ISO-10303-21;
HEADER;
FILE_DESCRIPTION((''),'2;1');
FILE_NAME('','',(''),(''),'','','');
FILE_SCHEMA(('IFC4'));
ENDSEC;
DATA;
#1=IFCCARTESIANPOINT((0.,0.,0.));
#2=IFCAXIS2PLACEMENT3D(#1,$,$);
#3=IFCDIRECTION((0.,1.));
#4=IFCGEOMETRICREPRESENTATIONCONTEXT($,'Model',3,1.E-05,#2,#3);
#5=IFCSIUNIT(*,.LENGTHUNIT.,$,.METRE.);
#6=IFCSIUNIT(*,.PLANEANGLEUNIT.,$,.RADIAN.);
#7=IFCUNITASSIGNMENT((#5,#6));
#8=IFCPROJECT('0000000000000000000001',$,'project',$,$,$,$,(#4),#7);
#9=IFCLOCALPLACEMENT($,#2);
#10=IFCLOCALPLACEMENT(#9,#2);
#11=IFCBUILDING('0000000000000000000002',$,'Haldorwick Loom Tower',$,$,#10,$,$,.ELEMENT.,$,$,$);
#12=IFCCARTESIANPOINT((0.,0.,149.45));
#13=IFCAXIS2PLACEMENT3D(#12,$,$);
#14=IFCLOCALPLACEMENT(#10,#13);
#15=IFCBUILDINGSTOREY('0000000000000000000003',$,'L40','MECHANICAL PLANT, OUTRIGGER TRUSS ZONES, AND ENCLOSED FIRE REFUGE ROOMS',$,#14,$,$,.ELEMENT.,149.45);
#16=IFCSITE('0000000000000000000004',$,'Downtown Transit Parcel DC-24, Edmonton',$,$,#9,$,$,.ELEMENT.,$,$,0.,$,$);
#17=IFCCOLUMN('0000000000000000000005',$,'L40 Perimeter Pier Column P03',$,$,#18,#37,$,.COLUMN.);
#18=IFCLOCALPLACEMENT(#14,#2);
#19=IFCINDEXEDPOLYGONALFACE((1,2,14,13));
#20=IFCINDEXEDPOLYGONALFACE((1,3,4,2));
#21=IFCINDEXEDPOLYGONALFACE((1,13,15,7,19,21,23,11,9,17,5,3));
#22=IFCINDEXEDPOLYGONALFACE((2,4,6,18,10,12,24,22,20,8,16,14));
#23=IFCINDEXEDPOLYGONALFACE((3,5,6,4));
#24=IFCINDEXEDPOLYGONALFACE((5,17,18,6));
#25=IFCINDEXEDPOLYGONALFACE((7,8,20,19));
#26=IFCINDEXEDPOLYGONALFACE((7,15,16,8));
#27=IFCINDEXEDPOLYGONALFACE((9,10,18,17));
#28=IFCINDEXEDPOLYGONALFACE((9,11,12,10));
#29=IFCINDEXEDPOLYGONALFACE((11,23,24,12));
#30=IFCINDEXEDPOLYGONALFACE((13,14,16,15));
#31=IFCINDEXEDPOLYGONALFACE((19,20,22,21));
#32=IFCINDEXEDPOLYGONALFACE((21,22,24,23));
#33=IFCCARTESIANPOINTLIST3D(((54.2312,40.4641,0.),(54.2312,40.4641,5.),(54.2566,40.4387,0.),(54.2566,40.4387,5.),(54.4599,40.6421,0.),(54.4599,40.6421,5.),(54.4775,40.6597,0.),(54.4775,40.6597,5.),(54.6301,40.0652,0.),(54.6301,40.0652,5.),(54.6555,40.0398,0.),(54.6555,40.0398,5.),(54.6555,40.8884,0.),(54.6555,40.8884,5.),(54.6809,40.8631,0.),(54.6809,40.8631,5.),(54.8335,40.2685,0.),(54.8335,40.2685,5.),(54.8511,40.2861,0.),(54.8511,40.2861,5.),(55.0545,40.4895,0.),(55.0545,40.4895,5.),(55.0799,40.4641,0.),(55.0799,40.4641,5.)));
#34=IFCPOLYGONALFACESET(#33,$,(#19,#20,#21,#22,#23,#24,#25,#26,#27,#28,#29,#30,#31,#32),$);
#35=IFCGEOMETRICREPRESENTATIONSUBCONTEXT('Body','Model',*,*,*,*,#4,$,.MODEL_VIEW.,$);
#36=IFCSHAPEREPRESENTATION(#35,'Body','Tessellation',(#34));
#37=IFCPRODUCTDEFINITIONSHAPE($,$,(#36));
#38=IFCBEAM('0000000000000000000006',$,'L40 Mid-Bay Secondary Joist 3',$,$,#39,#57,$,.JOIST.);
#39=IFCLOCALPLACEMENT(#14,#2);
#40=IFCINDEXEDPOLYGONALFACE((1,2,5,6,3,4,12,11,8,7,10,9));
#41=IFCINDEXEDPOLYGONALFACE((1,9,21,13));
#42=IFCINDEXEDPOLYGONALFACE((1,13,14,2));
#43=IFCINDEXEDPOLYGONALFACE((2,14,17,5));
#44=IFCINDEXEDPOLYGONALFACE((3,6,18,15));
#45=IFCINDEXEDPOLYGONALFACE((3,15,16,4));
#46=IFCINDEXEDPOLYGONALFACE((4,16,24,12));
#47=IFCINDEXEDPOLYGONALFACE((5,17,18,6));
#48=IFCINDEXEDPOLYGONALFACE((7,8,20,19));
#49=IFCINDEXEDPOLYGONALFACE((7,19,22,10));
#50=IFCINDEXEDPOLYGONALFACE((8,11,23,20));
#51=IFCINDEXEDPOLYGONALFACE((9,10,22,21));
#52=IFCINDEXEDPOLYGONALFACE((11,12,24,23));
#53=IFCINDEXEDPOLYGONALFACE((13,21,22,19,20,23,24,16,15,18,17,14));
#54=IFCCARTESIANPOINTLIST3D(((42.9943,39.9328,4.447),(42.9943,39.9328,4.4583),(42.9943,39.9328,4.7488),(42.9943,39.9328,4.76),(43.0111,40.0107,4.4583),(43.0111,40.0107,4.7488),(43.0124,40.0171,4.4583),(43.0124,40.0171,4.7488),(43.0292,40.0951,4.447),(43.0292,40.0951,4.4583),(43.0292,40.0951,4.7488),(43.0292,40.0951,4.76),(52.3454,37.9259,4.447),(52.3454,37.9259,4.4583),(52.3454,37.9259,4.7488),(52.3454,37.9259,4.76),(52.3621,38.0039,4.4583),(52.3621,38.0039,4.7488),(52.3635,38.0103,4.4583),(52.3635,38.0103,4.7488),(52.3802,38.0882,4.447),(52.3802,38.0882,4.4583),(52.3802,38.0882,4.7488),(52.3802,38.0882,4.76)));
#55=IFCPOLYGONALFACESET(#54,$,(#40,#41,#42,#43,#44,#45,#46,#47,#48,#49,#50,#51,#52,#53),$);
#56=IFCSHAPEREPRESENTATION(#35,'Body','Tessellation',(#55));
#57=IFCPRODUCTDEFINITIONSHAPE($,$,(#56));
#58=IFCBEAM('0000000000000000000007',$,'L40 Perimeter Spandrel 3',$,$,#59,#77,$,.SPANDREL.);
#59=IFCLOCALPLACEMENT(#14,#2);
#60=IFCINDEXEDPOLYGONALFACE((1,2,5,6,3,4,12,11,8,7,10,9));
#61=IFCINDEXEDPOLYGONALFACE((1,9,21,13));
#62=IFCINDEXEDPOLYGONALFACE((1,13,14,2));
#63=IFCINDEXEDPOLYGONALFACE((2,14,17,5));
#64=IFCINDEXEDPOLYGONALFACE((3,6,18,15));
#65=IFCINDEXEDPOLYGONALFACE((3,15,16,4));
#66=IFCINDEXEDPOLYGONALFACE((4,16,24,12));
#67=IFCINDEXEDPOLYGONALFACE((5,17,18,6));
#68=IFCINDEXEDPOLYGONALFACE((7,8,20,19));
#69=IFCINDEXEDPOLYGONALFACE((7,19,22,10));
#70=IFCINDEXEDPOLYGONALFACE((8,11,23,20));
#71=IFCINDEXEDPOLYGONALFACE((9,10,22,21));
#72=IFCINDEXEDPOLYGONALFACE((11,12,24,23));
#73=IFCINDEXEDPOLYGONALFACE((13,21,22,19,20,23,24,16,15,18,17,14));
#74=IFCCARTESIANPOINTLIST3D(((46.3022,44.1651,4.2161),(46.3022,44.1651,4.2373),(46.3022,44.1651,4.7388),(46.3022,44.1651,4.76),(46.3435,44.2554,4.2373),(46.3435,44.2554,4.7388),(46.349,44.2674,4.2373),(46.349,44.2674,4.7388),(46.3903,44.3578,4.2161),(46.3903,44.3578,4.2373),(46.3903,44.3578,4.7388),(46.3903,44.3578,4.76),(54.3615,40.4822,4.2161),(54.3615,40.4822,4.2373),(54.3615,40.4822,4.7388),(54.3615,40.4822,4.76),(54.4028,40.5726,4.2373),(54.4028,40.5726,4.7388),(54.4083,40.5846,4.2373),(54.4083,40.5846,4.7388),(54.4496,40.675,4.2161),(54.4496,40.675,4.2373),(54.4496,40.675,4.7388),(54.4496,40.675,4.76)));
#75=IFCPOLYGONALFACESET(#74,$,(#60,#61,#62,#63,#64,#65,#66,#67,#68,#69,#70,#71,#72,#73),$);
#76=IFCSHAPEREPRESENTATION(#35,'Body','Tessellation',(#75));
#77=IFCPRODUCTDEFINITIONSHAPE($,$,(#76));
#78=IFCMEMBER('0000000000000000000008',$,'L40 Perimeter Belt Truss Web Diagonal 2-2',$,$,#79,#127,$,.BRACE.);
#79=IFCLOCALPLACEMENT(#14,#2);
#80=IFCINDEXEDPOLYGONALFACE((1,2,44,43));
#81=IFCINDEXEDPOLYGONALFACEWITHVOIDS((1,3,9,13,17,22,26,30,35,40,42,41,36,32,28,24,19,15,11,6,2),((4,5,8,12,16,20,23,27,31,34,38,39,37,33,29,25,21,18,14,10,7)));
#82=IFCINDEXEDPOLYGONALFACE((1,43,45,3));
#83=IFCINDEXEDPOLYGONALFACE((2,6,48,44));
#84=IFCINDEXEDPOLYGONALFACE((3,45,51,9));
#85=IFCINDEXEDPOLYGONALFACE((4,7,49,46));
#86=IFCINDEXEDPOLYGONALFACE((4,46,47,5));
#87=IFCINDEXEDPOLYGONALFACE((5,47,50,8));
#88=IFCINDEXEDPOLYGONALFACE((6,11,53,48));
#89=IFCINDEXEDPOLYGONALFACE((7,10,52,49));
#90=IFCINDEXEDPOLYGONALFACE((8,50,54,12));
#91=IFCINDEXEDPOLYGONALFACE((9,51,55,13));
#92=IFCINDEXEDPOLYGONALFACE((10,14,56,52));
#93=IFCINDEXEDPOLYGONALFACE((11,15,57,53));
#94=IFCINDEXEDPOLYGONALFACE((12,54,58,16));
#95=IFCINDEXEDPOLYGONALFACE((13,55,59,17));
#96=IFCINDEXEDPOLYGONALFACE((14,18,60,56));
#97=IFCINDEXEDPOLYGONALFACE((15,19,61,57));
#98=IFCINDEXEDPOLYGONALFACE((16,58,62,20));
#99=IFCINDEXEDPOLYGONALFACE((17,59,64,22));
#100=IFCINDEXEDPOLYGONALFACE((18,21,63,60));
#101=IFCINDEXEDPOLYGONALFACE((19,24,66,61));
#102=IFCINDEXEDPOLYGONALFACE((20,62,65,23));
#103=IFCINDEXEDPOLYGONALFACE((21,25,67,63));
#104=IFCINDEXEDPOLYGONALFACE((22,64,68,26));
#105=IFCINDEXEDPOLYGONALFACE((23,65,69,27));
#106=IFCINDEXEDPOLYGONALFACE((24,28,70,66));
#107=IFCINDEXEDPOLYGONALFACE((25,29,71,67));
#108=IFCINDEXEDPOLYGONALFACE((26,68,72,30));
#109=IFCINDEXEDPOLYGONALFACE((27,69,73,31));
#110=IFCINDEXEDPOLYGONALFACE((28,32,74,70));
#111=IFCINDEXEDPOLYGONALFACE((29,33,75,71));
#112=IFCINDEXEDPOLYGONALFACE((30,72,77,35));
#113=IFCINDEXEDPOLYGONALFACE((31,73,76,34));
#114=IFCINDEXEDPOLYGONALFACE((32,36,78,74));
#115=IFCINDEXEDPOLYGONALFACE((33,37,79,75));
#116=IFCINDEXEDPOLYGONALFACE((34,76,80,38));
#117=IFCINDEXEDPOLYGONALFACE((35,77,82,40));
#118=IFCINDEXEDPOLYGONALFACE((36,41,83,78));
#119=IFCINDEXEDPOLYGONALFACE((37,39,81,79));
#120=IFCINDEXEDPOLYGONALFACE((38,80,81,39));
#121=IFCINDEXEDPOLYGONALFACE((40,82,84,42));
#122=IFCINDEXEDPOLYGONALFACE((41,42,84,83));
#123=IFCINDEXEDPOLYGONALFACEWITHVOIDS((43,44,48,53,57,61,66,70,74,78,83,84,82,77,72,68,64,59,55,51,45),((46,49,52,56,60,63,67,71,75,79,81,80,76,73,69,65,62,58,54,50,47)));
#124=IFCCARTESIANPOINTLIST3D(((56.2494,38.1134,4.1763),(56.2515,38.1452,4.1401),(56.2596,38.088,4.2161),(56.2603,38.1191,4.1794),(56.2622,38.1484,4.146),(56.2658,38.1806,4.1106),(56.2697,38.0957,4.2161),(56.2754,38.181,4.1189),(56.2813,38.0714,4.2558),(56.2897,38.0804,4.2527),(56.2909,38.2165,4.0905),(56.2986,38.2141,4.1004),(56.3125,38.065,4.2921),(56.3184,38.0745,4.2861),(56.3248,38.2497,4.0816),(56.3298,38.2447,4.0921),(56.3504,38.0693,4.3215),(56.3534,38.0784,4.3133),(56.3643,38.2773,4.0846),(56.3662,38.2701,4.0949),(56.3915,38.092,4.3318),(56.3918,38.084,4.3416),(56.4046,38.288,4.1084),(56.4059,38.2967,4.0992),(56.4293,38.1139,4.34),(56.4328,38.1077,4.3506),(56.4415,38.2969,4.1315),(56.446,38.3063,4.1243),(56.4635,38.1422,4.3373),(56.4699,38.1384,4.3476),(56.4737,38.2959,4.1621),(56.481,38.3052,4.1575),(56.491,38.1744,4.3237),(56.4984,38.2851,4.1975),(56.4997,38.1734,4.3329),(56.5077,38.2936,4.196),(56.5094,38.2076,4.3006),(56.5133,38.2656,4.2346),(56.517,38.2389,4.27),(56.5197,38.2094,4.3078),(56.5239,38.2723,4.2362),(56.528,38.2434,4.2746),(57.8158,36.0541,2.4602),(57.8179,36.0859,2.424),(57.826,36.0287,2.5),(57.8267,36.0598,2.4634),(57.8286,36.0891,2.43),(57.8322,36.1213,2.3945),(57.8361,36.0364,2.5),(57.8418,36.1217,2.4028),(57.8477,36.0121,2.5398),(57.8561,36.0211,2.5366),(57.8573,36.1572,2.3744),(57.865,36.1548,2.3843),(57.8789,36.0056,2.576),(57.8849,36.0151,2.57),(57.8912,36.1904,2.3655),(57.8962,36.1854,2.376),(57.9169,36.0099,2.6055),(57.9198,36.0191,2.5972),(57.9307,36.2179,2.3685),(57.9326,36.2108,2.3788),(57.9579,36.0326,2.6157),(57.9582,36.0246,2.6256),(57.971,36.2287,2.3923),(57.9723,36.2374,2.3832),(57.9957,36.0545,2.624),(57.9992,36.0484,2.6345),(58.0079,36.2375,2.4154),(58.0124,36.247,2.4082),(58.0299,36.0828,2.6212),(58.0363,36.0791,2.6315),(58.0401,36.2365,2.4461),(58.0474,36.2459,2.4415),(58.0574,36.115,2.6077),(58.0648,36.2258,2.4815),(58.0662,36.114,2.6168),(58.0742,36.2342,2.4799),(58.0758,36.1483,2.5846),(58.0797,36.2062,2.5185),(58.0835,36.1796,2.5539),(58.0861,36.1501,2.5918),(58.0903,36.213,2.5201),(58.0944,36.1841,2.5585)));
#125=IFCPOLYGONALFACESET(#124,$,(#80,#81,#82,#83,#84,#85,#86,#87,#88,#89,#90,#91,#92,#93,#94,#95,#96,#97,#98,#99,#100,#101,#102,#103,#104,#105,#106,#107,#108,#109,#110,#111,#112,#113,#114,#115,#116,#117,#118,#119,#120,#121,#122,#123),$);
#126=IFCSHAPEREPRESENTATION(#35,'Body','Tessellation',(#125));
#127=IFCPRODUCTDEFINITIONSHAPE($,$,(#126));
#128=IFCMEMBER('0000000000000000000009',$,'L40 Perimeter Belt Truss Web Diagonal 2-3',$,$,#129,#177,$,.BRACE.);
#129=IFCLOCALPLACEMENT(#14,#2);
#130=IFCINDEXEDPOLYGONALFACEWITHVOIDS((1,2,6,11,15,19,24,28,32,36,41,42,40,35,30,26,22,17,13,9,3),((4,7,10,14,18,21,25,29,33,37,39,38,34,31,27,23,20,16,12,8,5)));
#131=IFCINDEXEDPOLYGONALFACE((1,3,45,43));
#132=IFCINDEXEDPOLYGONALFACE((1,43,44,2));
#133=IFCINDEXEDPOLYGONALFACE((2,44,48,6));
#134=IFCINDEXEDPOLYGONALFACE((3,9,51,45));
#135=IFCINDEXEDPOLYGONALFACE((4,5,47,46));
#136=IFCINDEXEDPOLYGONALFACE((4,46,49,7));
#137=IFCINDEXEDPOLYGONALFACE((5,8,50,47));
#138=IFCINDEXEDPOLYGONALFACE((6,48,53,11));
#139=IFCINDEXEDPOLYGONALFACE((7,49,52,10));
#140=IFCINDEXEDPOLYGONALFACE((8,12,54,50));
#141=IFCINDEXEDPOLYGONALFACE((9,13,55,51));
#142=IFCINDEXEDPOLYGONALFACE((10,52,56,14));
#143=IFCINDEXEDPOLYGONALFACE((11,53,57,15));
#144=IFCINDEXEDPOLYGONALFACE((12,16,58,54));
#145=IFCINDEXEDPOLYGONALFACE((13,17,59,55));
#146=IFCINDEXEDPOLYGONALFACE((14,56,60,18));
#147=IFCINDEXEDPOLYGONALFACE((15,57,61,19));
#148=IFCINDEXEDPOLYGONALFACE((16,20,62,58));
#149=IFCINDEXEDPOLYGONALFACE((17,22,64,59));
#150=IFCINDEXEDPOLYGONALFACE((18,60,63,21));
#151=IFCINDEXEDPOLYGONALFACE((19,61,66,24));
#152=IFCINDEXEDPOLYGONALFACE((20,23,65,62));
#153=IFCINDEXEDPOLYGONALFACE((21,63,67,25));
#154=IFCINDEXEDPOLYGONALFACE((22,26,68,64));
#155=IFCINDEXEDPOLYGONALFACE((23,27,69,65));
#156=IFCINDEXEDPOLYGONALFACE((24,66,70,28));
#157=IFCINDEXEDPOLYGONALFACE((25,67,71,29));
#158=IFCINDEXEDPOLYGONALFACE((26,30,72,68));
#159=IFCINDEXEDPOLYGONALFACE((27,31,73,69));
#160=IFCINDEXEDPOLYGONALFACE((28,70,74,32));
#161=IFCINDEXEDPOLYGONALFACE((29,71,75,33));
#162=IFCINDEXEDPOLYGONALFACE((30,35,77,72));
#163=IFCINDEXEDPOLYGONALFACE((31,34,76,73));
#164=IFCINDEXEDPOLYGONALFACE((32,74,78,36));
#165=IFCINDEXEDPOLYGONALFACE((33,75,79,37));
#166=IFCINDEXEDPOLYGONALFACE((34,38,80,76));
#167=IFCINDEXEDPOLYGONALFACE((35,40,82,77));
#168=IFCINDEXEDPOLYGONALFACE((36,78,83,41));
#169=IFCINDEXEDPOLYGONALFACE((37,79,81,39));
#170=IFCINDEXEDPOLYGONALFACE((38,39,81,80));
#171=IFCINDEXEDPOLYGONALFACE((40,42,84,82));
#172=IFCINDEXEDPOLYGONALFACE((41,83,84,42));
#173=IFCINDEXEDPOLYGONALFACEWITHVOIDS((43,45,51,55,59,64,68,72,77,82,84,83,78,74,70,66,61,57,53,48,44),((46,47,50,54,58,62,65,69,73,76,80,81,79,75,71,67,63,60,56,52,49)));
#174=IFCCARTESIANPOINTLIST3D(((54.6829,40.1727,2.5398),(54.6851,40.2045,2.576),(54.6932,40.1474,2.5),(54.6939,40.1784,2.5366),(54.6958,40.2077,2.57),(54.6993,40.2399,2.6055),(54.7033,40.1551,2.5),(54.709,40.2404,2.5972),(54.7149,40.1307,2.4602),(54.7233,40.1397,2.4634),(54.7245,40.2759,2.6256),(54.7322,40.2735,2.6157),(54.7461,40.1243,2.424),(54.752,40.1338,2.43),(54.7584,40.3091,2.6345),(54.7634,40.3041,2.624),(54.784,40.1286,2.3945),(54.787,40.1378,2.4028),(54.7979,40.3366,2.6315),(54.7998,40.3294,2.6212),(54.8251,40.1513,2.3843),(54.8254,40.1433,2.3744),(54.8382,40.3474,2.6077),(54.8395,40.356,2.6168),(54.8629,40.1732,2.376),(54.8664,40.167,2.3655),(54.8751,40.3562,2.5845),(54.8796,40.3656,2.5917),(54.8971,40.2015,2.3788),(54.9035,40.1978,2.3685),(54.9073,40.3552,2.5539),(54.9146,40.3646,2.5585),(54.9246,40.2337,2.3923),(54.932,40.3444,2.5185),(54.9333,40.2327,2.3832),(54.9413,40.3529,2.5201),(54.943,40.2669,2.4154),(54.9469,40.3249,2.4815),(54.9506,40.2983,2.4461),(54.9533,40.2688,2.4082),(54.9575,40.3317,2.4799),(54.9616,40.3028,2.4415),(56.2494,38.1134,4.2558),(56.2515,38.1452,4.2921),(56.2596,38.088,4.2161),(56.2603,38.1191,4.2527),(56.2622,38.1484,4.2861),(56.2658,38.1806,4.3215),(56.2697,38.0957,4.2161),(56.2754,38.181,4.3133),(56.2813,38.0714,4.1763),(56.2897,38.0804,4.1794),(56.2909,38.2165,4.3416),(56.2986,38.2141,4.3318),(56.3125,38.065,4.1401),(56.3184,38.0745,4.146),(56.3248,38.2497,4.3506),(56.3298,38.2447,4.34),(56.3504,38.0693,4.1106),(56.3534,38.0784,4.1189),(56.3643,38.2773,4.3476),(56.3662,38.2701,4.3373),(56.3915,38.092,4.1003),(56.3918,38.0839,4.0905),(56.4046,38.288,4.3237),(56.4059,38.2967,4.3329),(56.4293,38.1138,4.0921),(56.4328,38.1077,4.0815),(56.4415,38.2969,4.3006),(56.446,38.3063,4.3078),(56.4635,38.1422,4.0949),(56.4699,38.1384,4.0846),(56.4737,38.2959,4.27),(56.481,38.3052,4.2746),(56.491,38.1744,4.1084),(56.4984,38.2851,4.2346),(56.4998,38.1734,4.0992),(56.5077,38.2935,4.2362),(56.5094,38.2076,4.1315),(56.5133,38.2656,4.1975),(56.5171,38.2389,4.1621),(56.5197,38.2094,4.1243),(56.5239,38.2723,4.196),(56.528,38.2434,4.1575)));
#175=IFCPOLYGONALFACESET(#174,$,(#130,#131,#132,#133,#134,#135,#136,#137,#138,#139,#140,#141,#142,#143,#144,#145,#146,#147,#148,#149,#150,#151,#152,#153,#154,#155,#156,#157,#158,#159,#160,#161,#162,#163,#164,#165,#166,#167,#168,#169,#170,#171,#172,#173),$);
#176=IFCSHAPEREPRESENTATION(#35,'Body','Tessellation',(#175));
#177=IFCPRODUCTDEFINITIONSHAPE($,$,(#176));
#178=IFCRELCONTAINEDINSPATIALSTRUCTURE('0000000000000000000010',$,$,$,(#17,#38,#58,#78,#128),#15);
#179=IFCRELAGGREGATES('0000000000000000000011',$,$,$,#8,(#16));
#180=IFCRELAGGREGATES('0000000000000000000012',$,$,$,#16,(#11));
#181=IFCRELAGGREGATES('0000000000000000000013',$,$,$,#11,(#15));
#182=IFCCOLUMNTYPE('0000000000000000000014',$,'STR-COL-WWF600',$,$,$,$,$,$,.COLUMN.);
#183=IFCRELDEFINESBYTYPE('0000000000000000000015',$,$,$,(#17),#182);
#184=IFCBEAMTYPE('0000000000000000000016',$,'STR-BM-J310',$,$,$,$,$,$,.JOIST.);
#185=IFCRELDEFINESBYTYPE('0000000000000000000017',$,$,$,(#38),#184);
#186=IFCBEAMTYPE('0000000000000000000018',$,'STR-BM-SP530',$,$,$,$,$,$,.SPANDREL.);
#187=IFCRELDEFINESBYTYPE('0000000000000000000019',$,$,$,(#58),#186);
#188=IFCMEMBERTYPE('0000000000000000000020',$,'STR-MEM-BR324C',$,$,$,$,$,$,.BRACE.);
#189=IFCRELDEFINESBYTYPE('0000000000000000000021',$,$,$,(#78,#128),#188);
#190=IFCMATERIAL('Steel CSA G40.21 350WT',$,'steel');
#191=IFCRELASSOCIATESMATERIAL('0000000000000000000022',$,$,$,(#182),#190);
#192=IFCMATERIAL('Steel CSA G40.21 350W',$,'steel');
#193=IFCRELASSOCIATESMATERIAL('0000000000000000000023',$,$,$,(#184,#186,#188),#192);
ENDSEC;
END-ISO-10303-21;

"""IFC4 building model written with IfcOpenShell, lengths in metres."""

from ifc_helpers import new_model, si_unit, direction, frame, origin, origin_2d, place, context, subcontext, project, spatial, hollow_circle, i_section, extrude, material, material_profile, profile_set, type_object, element, save


model = new_model("IFC4")

# Units and contexts
model_context = context("Model", 3, precision=1e-05, world=origin(), true_north=direction((0.0, 1.0)))
body_context = subcontext(model_context, "Body", "Model", "MODEL_VIEW")
ifc_project = project(units=[si_unit("LENGTHUNIT", "METRE"), si_unit("PLANEANGLEUNIT", "RADIAN")], contexts=[model_context])

# Site, building, storey
site_placement = place(None, origin())
site = spatial("IfcSite", under=ifc_project, at=site_placement, Name="Downtown Transit Parcel DC-24, Edmonton", CompositionType="ELEMENT", RefElevation=0.0)
building_placement = place(site_placement, origin())
building = spatial("IfcBuilding", under=site, at=building_placement, Name="Haldorwick Loom Tower", CompositionType="ELEMENT")
storey_placement = place(building_placement, frame((0.0, 0.0, 149.45)))
storey = spatial("IfcBuildingStorey", under=building, at=storey_placement, Name="L40", Description="MECHANICAL PLANT, OUTRIGGER TRUSS ZONES, AND ENCLOSED FIRE REFUGE ROOMS", CompositionType="ELEMENT", Elevation=149.45)

# Column
ifc_material_1 = material(Name="Steel CSA G40.21 350WT", Category="steel")
ifc_material_profile_1 = material_profile(ifc_material_1, i_section(OverallWidth=0.6001, OverallDepth=0.6001, WebThickness=0.0249, FlangeThickness=0.0359, at=origin_2d()), Name="WWF600X600", Category="steel")
ifc_profile_set_1 = profile_set([ifc_material_profile_1], Name="Steel CSA G40.21 350WT")
column_type = type_object("IfcColumnType", Name="STR-COL-WWF600", PredefinedType="COLUMN", material=ifc_profile_set_1)
column_placement = place(storey_placement, frame((54.6555, 40.4641, 0.0), z_axis=(0.0, 0.0, 1.0), x_axis=(0.707107, 0.707107, 0.0)))
element("IfcColumn", 1, at=column_placement, inside=storey, type_object=column_type, Name="L40 Perimeter Pier Column P03", PredefinedType="COLUMN", context=body_context, shape_type="SweptSolid", body=[
    extrude(i_section(OverallWidth=0.6001, OverallDepth=0.6001, WebThickness=0.0249, FlangeThickness=0.0359, at=origin_2d()), origin(), (0.0, 0.0, 1.0), 5.0),
])

# Beams
ifc_material_2 = material(Name="Steel CSA G40.21 350W", Category="steel")
ifc_material_profile_2 = material_profile(ifc_material_2, i_section(OverallWidth=0.166, OverallDepth=0.313, WebThickness=0.0066, FlangeThickness=0.0112, at=origin_2d()), Name="W310X45", Category="steel")
ifc_profile_set_2 = profile_set([ifc_material_profile_2], Name="Steel CSA G40.21 350W")
beam_type_1 = type_object("IfcBeamType", Name="STR-BM-J310", PredefinedType="JOIST", material=ifc_profile_set_2)
beam_1_placement = place(storey_placement, frame((52.3628, 38.0071, 4.6035), z_axis=(-0.977737, 0.209832, 0.0), x_axis=(-0.209832, -0.977737, 0.0)))
element("IfcBeam", 2, at=beam_1_placement, inside=storey, type_object=beam_type_1, Name="L40 Mid-Bay Secondary Joist 3", PredefinedType="JOIST", context=body_context, shape_type="SweptSolid", body=[
    extrude(i_section(OverallWidth=0.166, OverallDepth=0.313, WebThickness=0.0066, FlangeThickness=0.0112, at=origin_2d()), origin(), (0.0, 0.0, 1.0), 9.564),
])
ifc_material_profile_3 = material_profile(ifc_material_2, i_section(OverallWidth=0.2119, OverallDepth=0.5439, WebThickness=0.0132, FlangeThickness=0.0212, at=origin_2d()), Name="W530X123", Category="steel")
ifc_profile_set_3 = profile_set([ifc_material_profile_3], Name="Steel CSA G40.21 350W")
beam_type_2 = type_object("IfcBeamType", Name="STR-BM-SP530", PredefinedType="SPANDREL", material=ifc_profile_set_3)
beam_2_placement = place(storey_placement, frame((54.4055, 40.5786, 4.488), z_axis=(-0.909534, 0.415629, 0.0), x_axis=(-0.415629, -0.909534, 0.0)))
element("IfcBeam", 3, at=beam_2_placement, inside=storey, type_object=beam_type_2, Name="L40 Perimeter Spandrel 3", PredefinedType="SPANDREL", context=body_context, shape_type="SweptSolid", body=[
    extrude(i_section(OverallWidth=0.2119, OverallDepth=0.5439, WebThickness=0.0132, FlangeThickness=0.0212, at=origin_2d()), origin(), (0.0, 0.0, 1.0), 8.8608),
])

# Members
ifc_material_profile_4 = material_profile(ifc_material_2, hollow_circle(Radius=0.1619, WallThickness=0.0127, at=origin_2d()), Name="HSS324X13", Category="steel")
ifc_profile_set_4 = profile_set([ifc_material_profile_4], Name="Steel CSA G40.21 350W")
member_type_1 = type_object("IfcMemberType", Name="STR-MEM-BR324C", PredefinedType="BRACE", material=ifc_profile_set_4)
for number, where, z_axis, x_axis, name in (
    (4, (57.9548, 36.1267, 2.5), (-0.504523, 0.663287, 0.552726), (-0.795917, -0.605406, 0.0), "L40 Perimeter Belt Truss Web Diagonal 2-2"),
    (5, (56.3884, 38.186, 4.2161), (-0.504523, 0.663287, -0.552726), (-0.795917, -0.605406, 0.0), "L40 Perimeter Belt Truss Web Diagonal 2-3"),
):
    element("IfcMember", number, at=place(storey_placement, frame(where, z_axis=z_axis, x_axis=x_axis)), inside=storey, type_object=member_type_1, Name=name, PredefinedType="BRACE", context=body_context, shape_type="SweptSolid", body=[
        extrude(hollow_circle(Radius=0.1619, WallThickness=0.0127, at=origin_2d()), origin(), (0.0, 0.0, 1.0), 3.1047),
    ])

save(model, "model.ifc")
